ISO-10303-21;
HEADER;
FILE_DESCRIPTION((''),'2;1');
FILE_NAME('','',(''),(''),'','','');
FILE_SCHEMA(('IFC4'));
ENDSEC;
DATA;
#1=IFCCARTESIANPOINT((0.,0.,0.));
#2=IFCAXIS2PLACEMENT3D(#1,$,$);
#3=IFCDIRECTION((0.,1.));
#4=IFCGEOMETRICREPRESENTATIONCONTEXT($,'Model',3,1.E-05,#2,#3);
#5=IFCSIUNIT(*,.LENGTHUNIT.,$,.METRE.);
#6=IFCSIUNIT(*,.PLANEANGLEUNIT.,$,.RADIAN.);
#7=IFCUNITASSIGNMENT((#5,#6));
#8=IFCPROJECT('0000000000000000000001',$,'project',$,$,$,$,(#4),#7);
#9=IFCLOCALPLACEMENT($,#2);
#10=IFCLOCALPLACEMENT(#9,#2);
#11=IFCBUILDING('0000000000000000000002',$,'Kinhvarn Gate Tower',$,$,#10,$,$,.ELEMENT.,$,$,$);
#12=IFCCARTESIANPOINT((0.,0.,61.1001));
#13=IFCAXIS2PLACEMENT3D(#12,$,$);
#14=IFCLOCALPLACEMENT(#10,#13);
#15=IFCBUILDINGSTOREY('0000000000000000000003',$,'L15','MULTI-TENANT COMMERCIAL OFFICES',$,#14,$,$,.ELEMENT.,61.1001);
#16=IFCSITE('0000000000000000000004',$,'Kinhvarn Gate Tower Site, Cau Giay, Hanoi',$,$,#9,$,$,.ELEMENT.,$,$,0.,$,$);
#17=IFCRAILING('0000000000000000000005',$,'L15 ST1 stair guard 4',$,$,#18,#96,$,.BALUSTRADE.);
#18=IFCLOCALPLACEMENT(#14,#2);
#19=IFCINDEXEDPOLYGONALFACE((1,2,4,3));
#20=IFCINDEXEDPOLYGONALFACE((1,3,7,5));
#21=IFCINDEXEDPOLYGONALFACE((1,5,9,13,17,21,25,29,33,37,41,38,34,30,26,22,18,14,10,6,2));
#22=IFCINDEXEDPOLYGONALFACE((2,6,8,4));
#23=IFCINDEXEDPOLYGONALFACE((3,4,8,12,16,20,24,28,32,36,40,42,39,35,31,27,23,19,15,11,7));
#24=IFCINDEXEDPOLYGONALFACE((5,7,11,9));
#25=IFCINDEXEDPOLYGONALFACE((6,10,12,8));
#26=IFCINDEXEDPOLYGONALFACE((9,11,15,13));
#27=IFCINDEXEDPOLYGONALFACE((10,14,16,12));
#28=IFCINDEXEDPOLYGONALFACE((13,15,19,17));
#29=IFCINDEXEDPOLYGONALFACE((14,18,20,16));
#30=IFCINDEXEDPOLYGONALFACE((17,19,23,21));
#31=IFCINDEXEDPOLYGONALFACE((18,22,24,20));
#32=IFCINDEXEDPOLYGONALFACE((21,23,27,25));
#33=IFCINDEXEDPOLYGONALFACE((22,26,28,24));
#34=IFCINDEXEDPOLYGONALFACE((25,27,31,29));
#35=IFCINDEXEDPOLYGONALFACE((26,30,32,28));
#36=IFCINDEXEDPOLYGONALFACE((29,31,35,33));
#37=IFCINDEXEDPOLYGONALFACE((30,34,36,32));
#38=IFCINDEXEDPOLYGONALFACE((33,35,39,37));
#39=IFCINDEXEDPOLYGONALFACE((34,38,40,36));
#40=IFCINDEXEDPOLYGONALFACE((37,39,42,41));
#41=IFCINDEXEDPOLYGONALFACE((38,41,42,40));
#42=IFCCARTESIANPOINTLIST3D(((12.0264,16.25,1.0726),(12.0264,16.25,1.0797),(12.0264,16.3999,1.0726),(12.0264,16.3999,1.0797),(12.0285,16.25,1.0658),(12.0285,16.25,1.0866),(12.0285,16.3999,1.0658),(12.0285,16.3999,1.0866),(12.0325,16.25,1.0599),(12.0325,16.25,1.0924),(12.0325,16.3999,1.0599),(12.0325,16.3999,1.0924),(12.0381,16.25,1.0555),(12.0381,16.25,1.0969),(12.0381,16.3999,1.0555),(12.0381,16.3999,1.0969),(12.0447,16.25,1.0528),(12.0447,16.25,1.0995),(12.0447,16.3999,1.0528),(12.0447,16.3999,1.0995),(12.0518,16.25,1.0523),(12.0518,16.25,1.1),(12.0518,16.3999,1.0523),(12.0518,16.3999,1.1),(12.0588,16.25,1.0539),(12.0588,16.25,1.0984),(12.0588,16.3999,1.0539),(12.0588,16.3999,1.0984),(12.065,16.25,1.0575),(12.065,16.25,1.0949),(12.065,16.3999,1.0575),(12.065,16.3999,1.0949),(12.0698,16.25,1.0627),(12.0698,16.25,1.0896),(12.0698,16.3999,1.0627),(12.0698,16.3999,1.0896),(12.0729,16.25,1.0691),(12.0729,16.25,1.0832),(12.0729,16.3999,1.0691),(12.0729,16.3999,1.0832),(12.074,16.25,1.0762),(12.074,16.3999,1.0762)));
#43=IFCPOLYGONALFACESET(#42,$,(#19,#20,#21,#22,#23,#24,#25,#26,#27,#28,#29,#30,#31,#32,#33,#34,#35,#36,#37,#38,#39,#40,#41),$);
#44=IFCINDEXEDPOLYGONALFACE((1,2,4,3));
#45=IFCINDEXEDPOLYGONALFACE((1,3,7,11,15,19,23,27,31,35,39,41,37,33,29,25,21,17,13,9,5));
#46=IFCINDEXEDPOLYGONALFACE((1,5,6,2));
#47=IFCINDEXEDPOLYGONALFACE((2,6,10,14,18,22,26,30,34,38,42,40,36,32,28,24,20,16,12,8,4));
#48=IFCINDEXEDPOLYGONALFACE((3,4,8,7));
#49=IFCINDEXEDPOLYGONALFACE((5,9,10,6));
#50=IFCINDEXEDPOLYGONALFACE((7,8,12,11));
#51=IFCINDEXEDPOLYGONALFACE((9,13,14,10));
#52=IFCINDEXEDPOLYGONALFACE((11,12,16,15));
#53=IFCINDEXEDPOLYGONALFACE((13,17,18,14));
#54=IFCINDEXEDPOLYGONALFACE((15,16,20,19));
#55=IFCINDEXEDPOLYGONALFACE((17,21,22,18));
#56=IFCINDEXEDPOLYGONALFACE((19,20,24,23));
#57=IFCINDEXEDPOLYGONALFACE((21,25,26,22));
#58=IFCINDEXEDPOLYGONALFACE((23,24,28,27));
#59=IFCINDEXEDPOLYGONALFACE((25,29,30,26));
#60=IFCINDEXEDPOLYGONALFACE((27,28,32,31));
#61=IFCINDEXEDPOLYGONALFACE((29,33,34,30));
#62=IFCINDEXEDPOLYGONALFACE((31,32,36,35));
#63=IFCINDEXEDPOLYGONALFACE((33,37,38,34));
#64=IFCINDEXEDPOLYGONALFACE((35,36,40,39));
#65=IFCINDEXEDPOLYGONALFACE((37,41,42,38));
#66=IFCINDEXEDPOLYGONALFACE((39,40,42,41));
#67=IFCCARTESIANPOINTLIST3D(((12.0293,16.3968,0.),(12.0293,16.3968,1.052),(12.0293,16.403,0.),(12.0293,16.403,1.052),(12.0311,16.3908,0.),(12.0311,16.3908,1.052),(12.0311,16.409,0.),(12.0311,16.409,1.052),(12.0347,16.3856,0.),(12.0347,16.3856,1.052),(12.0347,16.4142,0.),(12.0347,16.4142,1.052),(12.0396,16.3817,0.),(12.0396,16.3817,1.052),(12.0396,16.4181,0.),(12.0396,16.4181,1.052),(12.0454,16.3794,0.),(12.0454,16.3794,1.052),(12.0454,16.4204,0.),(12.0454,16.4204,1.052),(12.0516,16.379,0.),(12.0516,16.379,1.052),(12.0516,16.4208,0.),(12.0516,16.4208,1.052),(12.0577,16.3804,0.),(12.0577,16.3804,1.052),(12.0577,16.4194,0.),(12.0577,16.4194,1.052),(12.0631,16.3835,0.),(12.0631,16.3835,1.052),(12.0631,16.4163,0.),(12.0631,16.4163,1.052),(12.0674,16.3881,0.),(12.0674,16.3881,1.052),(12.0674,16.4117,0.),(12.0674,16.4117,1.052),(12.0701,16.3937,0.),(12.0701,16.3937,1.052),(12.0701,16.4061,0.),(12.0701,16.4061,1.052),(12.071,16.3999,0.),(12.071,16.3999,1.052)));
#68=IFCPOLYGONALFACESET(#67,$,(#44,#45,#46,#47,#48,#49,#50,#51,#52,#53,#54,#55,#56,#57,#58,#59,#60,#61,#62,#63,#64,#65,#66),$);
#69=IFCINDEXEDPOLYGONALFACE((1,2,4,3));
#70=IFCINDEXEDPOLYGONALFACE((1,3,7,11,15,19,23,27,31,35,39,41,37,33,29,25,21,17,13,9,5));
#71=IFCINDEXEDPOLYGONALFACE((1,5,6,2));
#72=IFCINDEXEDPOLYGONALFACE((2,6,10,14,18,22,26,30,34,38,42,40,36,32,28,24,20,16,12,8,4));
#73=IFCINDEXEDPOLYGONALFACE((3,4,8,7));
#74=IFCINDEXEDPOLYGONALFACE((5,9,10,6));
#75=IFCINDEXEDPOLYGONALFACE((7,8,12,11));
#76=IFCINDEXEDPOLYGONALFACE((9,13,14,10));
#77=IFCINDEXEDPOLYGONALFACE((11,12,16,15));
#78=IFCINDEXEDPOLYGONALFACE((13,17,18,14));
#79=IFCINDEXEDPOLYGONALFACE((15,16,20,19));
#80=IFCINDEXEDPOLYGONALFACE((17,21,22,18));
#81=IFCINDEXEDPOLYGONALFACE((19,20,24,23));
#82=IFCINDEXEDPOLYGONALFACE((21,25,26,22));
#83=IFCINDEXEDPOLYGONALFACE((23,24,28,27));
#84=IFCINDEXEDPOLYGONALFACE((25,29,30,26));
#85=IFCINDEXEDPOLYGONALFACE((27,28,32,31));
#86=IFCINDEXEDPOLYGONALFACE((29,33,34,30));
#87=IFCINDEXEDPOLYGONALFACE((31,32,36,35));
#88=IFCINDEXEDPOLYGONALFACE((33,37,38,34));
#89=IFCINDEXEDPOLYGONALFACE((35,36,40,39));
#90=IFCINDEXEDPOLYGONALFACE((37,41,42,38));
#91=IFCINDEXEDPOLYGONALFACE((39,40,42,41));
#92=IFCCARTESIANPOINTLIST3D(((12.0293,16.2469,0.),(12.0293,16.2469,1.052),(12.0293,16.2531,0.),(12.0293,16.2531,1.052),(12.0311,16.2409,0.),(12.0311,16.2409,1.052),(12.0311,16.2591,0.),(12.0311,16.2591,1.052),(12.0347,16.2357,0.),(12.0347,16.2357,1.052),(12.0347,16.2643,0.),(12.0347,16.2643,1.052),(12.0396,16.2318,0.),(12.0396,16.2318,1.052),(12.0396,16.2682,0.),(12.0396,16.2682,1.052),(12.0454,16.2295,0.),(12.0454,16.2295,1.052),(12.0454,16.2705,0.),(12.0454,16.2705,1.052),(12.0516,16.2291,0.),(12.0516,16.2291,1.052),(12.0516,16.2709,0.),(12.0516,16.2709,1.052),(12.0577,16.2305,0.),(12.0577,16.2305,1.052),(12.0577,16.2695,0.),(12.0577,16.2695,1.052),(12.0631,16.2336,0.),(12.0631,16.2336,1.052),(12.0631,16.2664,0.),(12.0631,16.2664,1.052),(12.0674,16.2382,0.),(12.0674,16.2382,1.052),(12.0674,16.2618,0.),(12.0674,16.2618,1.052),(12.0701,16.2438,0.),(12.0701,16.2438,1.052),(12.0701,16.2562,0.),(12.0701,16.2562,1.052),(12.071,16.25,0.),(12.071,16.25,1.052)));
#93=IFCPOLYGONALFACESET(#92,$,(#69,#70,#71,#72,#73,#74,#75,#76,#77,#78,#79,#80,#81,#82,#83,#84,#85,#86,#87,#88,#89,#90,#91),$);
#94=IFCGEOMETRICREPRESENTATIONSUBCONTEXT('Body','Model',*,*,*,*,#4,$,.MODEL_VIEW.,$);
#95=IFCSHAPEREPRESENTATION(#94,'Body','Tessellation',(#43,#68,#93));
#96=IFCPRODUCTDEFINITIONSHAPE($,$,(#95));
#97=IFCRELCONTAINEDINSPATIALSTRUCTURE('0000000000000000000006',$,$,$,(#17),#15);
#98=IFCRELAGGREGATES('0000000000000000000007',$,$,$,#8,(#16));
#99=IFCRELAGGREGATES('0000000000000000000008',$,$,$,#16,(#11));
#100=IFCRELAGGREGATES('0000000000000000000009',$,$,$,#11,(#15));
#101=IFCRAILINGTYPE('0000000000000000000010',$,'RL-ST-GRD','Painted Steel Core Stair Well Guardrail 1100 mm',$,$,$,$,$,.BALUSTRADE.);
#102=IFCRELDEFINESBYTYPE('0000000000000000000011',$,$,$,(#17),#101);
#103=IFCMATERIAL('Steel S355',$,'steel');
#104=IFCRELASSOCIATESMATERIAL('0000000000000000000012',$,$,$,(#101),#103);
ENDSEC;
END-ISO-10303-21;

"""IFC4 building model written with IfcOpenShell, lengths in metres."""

from ifc_helpers import new_model, si_unit, direction, frame, origin, origin_2d, place, context, subcontext, project, spatial, circle, extrude, material, type_object, element, save


model = new_model("IFC4")

# Units and contexts
model_context = context("Model", 3, precision=1e-05, world=origin(), true_north=direction((0.0, 1.0)))
body_context = subcontext(model_context, "Body", "Model", "MODEL_VIEW")
ifc_project = project(units=[si_unit("LENGTHUNIT", "METRE"), si_unit("PLANEANGLEUNIT", "RADIAN")], contexts=[model_context])

# Site, building, storey
site_placement = place(None, origin())
site = spatial("IfcSite", under=ifc_project, at=site_placement, Name="Kinhvarn Gate Tower Site, Cau Giay, Hanoi", CompositionType="ELEMENT", RefElevation=0.0)
building_placement = place(site_placement, origin())
building = spatial("IfcBuilding", under=site, at=building_placement, Name="Kinhvarn Gate Tower", CompositionType="ELEMENT")
storey_placement = place(building_placement, frame((0.0, 0.0, 61.1001)))
storey = spatial("IfcBuildingStorey", under=building, at=storey_placement, Name="L15", Description="MULTI-TENANT COMMERCIAL OFFICES", CompositionType="ELEMENT", Elevation=61.1001)

# Railing
ifc_material_1 = material(Name="Steel S355", Category="steel")
railing_type_1 = type_object("IfcRailingType", Name="RL-ST-GRD", Description="Painted Steel Core Stair Well Guardrail 1100 mm", PredefinedType="BALUSTRADE", material=ifc_material_1)
railing_1_placement = place(storey_placement, frame((12.05, 16.3999, 0.0)))
element("IfcRailing", 1, at=railing_1_placement, inside=storey, type_object=railing_type_1, Name="L15 ST1 stair guard 4", PredefinedType="BALUSTRADE", context=body_context, shape_type="SweptSolid", body=[
    extrude(circle(Radius=0.0239, at=origin_2d()), frame((0.0, 0.0, 1.0762), z_axis=(0.0, -1.0, 0.0), x_axis=(1.0, 0.0, 0.0)), (0.0, 0.0, 1.0), 0.1499),
    extrude(circle(Radius=0.021, at=origin_2d()), origin(), (0.0, 0.0, 1.0), 1.052),
    extrude(circle(Radius=0.021, at=origin_2d()), frame((0.0, -0.1499, 0.0)), (0.0, 0.0, 1.0), 1.052),
])

save(model, "model.ifc")
